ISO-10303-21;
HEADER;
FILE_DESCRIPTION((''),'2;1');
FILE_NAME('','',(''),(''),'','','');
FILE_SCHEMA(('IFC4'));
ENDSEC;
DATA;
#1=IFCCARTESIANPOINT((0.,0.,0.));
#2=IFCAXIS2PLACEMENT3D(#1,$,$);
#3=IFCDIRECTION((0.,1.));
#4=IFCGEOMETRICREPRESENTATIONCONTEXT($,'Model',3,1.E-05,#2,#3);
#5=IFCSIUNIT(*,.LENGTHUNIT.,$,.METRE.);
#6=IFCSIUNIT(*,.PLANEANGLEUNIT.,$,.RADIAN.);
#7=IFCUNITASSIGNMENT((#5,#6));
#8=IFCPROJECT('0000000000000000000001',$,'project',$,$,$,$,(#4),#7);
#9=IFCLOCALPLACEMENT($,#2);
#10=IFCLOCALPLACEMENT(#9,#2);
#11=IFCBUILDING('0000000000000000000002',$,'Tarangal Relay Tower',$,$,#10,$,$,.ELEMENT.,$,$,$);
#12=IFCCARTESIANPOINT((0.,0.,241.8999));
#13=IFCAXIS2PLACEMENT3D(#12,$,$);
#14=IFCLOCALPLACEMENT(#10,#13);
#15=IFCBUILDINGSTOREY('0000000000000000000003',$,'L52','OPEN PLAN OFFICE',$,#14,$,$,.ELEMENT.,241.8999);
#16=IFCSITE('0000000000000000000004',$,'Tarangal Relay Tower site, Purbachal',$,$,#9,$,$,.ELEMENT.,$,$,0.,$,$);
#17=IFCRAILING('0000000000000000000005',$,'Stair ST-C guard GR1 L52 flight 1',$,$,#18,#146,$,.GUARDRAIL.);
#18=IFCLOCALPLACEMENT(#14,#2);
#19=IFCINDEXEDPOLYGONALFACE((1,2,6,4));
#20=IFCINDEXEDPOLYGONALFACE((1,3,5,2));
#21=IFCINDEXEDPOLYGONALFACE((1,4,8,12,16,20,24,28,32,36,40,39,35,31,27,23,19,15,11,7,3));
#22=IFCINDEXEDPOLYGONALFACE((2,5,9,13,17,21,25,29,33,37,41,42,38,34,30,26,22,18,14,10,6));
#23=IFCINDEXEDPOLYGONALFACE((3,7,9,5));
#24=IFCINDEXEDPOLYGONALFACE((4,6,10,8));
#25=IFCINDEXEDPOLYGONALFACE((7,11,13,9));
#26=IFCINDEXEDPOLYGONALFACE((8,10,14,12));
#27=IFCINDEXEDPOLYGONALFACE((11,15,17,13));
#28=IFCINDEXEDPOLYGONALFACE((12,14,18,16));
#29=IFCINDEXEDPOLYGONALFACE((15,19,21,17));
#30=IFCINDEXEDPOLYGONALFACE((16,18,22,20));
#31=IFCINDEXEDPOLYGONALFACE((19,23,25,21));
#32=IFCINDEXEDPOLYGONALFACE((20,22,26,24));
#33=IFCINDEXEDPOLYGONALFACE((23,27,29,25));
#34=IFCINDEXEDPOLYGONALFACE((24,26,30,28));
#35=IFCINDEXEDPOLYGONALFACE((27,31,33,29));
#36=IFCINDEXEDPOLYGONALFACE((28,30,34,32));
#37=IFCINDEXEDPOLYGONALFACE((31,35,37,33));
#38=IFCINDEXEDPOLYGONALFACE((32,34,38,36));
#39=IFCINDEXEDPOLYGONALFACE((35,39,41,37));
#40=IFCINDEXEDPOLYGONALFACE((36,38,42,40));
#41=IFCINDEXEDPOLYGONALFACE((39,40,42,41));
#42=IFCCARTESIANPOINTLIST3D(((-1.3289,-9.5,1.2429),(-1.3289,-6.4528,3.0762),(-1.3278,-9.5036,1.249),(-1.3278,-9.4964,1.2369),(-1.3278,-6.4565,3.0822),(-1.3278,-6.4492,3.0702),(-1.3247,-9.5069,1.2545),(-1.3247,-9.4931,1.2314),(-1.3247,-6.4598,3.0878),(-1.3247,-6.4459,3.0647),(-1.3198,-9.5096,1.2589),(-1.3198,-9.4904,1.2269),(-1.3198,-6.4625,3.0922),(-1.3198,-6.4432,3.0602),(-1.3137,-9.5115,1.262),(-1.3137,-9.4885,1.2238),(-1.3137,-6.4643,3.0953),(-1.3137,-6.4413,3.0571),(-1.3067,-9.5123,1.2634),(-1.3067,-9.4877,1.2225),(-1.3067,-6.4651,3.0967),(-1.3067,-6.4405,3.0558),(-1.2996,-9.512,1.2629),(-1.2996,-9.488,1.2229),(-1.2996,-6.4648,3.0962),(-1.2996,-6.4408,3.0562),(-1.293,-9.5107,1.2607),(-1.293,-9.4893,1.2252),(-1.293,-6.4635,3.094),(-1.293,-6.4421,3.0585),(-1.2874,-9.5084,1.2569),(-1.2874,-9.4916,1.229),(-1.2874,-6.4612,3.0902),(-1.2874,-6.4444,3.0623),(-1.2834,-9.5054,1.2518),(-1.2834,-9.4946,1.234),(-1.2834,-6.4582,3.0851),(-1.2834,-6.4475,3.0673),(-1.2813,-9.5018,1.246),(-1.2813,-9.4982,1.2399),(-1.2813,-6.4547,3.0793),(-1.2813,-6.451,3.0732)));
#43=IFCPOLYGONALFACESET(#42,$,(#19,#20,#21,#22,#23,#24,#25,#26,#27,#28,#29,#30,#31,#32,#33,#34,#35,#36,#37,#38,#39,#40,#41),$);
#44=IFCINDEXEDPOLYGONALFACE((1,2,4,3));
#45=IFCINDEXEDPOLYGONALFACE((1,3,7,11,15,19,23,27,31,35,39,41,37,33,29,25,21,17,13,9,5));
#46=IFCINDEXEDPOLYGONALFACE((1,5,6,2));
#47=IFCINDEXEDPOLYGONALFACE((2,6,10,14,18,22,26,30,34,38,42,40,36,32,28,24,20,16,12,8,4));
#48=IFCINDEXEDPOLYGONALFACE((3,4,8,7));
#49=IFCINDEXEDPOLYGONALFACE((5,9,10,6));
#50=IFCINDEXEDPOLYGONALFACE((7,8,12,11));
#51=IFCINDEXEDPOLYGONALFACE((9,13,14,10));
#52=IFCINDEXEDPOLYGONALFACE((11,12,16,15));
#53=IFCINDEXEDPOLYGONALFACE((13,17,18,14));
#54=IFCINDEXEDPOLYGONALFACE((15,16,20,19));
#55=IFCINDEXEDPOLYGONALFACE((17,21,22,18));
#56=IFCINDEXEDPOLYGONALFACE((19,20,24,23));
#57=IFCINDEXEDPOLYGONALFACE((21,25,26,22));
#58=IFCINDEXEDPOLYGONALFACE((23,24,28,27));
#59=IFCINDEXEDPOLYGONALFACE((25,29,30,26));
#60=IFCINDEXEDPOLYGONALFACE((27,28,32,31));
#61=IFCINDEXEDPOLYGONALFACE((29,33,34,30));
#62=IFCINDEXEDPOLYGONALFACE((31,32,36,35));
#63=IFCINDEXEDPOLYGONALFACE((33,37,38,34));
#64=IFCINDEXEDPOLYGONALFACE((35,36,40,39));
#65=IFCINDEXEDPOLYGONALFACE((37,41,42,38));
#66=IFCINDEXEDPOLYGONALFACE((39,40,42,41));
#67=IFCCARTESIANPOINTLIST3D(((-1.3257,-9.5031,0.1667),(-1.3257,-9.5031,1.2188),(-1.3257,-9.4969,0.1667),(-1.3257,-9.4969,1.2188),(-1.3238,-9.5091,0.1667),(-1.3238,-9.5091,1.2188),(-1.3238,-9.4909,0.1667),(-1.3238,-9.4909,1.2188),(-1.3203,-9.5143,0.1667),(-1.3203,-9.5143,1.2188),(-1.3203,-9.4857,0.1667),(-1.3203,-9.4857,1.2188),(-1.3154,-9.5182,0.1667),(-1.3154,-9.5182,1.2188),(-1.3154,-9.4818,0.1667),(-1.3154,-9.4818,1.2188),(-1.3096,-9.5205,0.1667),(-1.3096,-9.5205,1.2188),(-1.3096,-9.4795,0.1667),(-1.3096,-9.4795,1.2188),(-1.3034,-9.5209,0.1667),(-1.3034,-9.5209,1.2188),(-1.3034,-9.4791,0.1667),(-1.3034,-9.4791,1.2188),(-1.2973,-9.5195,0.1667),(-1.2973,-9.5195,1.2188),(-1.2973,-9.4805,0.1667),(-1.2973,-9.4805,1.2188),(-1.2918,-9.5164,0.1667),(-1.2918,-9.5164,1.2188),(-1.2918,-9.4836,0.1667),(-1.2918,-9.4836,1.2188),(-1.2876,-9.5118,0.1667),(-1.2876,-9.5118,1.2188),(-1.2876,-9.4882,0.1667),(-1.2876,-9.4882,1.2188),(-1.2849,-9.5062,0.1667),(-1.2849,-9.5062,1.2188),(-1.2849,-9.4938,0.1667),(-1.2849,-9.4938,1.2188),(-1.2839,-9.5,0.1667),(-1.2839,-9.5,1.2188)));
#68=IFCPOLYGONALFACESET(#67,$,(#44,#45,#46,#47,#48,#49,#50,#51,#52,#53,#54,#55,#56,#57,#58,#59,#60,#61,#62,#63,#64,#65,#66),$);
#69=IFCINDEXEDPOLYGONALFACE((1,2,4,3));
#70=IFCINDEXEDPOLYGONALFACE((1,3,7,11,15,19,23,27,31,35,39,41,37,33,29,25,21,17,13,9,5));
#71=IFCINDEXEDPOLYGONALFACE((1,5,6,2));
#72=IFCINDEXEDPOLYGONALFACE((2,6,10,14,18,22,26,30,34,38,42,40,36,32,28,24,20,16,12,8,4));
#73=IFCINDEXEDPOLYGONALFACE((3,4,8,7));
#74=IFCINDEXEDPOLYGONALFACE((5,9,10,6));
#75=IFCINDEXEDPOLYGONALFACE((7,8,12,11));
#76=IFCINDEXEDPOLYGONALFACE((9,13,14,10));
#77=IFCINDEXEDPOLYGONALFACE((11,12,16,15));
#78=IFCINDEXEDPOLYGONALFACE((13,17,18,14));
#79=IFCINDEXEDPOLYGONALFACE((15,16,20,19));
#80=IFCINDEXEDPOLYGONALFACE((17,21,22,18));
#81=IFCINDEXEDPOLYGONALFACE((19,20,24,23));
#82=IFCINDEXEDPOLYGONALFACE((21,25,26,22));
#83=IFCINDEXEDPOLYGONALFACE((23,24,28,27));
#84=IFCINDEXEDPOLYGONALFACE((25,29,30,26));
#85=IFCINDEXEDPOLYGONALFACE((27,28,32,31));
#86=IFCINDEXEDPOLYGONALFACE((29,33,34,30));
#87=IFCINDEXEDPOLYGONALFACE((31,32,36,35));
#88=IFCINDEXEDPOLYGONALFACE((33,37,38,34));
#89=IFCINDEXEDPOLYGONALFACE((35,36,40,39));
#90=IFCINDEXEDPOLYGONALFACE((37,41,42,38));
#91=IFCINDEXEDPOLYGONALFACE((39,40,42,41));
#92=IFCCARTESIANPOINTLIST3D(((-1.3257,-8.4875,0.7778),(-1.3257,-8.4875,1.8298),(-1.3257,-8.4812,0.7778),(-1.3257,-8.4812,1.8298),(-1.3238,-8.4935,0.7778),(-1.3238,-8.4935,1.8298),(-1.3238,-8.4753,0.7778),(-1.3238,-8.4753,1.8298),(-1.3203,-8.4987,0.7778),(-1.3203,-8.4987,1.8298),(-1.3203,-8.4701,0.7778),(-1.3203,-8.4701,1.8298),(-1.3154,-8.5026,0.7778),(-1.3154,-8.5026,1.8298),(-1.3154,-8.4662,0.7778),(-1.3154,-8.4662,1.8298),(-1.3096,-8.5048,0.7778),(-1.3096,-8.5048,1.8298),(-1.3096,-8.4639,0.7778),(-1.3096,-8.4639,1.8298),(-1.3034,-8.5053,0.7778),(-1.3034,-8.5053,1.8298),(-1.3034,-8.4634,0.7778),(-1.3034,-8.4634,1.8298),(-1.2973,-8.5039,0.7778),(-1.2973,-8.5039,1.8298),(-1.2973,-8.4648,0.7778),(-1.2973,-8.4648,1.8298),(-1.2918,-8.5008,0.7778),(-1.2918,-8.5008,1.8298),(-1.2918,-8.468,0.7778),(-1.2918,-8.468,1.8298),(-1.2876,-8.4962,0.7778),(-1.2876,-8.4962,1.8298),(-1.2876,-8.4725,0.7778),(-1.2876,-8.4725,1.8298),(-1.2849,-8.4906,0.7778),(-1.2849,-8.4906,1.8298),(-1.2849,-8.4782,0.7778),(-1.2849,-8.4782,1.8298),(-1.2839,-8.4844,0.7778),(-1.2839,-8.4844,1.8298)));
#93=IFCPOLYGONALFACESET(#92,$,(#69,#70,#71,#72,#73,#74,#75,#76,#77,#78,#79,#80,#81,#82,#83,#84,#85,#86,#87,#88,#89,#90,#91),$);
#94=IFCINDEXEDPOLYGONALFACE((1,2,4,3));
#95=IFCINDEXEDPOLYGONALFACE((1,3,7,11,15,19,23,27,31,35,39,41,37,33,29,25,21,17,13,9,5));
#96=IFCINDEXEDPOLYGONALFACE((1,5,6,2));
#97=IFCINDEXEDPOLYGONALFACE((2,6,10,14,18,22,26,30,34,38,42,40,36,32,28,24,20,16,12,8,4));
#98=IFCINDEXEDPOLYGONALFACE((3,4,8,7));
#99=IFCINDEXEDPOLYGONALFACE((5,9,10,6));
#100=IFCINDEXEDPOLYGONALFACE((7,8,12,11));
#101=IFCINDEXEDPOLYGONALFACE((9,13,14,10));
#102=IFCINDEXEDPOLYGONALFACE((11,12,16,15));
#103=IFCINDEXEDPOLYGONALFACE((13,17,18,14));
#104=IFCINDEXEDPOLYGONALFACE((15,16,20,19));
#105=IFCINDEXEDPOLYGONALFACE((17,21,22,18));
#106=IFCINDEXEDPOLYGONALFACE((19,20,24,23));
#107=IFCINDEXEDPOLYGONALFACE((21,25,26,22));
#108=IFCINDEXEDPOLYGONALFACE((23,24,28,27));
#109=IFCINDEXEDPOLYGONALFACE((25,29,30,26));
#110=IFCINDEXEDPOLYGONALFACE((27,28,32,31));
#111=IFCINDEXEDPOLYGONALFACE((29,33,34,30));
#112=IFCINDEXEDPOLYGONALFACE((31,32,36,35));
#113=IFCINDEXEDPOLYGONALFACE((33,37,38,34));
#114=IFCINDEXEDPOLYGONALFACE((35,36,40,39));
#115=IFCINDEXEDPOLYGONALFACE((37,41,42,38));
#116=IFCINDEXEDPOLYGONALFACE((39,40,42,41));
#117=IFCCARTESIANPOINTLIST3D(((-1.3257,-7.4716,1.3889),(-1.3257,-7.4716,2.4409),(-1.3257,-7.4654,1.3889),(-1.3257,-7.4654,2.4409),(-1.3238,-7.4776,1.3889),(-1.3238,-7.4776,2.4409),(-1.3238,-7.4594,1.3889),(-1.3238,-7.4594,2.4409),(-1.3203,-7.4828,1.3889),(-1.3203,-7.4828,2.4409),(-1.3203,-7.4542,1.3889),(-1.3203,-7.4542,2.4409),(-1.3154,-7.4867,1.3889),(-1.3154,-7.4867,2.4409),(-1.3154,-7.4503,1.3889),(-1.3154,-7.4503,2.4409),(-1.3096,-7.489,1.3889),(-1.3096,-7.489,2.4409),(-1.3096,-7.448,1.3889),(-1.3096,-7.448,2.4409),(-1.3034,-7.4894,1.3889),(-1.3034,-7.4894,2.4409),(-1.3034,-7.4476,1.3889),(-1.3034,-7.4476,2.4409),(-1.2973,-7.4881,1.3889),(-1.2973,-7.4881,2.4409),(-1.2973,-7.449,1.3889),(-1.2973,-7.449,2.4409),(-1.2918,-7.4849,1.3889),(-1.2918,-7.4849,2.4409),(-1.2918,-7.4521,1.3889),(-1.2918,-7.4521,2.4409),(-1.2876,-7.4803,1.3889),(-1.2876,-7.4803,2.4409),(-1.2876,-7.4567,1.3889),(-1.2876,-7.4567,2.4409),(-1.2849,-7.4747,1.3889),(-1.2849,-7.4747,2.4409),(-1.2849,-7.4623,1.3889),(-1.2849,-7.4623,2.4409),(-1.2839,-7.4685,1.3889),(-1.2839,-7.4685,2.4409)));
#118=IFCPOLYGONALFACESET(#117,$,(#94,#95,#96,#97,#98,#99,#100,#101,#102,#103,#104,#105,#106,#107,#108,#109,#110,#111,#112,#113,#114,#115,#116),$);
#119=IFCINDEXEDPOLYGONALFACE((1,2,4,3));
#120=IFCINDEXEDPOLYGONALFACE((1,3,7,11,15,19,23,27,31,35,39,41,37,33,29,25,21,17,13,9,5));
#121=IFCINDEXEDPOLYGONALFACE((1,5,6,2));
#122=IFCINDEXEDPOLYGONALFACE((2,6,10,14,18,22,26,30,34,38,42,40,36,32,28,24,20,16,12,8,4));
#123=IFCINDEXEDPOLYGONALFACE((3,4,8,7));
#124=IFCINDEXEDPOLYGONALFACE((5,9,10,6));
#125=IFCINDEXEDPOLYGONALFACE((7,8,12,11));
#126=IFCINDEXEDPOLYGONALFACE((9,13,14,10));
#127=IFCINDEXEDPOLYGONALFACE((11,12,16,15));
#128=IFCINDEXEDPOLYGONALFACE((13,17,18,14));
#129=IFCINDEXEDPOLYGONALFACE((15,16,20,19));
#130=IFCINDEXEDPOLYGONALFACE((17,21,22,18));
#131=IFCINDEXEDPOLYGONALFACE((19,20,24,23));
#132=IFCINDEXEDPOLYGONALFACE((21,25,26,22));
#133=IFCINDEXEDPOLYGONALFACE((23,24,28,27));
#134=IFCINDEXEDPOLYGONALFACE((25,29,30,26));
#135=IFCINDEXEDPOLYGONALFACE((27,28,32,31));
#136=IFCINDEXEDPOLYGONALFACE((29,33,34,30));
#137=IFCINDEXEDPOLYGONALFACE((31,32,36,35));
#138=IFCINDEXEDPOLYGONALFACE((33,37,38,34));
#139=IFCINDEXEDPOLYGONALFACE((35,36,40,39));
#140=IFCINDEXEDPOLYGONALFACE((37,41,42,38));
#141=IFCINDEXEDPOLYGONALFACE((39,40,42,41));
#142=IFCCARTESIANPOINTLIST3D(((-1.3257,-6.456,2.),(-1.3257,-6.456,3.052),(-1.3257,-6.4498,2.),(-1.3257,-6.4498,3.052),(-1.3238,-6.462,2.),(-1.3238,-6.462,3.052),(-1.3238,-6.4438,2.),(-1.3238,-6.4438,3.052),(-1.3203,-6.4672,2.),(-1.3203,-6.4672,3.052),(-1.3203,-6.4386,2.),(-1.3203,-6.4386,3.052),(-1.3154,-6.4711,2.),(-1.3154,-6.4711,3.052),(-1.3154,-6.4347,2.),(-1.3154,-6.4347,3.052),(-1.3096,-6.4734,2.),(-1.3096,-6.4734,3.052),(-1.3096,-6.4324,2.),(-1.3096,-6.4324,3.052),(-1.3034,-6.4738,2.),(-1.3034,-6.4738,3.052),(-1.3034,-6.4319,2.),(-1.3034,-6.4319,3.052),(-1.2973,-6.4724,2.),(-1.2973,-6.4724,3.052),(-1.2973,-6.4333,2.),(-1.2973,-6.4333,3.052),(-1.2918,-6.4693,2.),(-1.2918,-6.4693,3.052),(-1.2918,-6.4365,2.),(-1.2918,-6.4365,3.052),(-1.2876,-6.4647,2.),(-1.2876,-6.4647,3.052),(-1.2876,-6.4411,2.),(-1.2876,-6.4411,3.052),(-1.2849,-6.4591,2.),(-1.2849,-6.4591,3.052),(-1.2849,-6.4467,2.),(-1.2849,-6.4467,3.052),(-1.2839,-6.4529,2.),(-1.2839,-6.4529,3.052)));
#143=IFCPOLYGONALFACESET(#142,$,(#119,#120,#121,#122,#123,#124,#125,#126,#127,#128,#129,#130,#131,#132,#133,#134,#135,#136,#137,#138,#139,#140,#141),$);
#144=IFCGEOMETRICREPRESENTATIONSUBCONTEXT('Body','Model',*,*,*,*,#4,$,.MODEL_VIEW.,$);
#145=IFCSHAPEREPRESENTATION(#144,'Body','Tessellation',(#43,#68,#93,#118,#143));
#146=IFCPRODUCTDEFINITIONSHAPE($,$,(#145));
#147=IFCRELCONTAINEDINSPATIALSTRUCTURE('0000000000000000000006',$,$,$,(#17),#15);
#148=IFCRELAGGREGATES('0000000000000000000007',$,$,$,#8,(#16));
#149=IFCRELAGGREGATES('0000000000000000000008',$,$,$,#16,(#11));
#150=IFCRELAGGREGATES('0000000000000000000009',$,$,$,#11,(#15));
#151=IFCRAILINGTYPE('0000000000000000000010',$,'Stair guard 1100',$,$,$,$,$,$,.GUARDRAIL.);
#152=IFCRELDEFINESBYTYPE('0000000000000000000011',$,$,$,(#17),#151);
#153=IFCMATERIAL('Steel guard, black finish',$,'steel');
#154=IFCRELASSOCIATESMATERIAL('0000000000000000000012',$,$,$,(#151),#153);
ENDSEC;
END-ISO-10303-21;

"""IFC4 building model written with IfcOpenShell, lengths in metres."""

from ifc_helpers import new_model, si_unit, direction, frame, origin, origin_2d, place, context, subcontext, project, spatial, circle, extrude, material, type_object, element, save


model = new_model("IFC4")

# Units and contexts
model_context = context("Model", 3, precision=1e-05, world=origin(), true_north=direction((0.0, 1.0)))
body_context = subcontext(model_context, "Body", "Model", "MODEL_VIEW")
ifc_project = project(units=[si_unit("LENGTHUNIT", "METRE"), si_unit("PLANEANGLEUNIT", "RADIAN")], contexts=[model_context])

# Site, building, storey
site_placement = place(None, origin())
site = spatial("IfcSite", under=ifc_project, at=site_placement, Name="Tarangal Relay Tower site, Purbachal", CompositionType="ELEMENT", RefElevation=0.0)
building_placement = place(site_placement, origin())
building = spatial("IfcBuilding", under=site, at=building_placement, Name="Tarangal Relay Tower", CompositionType="ELEMENT")
storey_placement = place(building_placement, frame((0.0, 0.0, 241.8999)))
storey = spatial("IfcBuildingStorey", under=building, at=storey_placement, Name="L52", Description="OPEN PLAN OFFICE", CompositionType="ELEMENT", Elevation=241.8999)

# Railing
ifc_material_1 = material(Name="Steel guard, black finish", Category="steel")
railing_type_1 = type_object("IfcRailingType", Name="Stair guard 1100", PredefinedType="GUARDRAIL", material=ifc_material_1)
railing_1_placement = place(storey_placement, frame((-1.3049, -9.5, 0.1667)))
element("IfcRailing", 1, at=railing_1_placement, inside=storey, type_object=railing_type_1, Name="Stair ST-C guard GR1 L52 flight 1", PredefinedType="GUARDRAIL", context=body_context, shape_type="SweptSolid", body=[
    extrude(circle(Radius=0.0239, at=origin_2d()), frame((0.0, 0.0, 1.0762), z_axis=(0.0, 0.856874, 0.515525), x_axis=(-1.0, 0.0, 0.0)), (0.0, 0.0, 1.0), 3.5562),
    extrude(circle(Radius=0.021, at=origin_2d()), origin(), (0.0, 0.0, 1.0), 1.052),
    extrude(circle(Radius=0.021, at=origin_2d()), frame((0.0, 1.0156, 0.6111)), (0.0, 0.0, 1.0), 1.052),
    extrude(circle(Radius=0.021, at=origin_2d()), frame((0.0, 2.0315, 1.2222)), (0.0, 0.0, 1.0), 1.052),
    extrude(circle(Radius=0.021, at=origin_2d()), frame((0.0, 3.0471, 1.8333)), (0.0, 0.0, 1.0), 1.052),
])

save(model, "model.ifc")
